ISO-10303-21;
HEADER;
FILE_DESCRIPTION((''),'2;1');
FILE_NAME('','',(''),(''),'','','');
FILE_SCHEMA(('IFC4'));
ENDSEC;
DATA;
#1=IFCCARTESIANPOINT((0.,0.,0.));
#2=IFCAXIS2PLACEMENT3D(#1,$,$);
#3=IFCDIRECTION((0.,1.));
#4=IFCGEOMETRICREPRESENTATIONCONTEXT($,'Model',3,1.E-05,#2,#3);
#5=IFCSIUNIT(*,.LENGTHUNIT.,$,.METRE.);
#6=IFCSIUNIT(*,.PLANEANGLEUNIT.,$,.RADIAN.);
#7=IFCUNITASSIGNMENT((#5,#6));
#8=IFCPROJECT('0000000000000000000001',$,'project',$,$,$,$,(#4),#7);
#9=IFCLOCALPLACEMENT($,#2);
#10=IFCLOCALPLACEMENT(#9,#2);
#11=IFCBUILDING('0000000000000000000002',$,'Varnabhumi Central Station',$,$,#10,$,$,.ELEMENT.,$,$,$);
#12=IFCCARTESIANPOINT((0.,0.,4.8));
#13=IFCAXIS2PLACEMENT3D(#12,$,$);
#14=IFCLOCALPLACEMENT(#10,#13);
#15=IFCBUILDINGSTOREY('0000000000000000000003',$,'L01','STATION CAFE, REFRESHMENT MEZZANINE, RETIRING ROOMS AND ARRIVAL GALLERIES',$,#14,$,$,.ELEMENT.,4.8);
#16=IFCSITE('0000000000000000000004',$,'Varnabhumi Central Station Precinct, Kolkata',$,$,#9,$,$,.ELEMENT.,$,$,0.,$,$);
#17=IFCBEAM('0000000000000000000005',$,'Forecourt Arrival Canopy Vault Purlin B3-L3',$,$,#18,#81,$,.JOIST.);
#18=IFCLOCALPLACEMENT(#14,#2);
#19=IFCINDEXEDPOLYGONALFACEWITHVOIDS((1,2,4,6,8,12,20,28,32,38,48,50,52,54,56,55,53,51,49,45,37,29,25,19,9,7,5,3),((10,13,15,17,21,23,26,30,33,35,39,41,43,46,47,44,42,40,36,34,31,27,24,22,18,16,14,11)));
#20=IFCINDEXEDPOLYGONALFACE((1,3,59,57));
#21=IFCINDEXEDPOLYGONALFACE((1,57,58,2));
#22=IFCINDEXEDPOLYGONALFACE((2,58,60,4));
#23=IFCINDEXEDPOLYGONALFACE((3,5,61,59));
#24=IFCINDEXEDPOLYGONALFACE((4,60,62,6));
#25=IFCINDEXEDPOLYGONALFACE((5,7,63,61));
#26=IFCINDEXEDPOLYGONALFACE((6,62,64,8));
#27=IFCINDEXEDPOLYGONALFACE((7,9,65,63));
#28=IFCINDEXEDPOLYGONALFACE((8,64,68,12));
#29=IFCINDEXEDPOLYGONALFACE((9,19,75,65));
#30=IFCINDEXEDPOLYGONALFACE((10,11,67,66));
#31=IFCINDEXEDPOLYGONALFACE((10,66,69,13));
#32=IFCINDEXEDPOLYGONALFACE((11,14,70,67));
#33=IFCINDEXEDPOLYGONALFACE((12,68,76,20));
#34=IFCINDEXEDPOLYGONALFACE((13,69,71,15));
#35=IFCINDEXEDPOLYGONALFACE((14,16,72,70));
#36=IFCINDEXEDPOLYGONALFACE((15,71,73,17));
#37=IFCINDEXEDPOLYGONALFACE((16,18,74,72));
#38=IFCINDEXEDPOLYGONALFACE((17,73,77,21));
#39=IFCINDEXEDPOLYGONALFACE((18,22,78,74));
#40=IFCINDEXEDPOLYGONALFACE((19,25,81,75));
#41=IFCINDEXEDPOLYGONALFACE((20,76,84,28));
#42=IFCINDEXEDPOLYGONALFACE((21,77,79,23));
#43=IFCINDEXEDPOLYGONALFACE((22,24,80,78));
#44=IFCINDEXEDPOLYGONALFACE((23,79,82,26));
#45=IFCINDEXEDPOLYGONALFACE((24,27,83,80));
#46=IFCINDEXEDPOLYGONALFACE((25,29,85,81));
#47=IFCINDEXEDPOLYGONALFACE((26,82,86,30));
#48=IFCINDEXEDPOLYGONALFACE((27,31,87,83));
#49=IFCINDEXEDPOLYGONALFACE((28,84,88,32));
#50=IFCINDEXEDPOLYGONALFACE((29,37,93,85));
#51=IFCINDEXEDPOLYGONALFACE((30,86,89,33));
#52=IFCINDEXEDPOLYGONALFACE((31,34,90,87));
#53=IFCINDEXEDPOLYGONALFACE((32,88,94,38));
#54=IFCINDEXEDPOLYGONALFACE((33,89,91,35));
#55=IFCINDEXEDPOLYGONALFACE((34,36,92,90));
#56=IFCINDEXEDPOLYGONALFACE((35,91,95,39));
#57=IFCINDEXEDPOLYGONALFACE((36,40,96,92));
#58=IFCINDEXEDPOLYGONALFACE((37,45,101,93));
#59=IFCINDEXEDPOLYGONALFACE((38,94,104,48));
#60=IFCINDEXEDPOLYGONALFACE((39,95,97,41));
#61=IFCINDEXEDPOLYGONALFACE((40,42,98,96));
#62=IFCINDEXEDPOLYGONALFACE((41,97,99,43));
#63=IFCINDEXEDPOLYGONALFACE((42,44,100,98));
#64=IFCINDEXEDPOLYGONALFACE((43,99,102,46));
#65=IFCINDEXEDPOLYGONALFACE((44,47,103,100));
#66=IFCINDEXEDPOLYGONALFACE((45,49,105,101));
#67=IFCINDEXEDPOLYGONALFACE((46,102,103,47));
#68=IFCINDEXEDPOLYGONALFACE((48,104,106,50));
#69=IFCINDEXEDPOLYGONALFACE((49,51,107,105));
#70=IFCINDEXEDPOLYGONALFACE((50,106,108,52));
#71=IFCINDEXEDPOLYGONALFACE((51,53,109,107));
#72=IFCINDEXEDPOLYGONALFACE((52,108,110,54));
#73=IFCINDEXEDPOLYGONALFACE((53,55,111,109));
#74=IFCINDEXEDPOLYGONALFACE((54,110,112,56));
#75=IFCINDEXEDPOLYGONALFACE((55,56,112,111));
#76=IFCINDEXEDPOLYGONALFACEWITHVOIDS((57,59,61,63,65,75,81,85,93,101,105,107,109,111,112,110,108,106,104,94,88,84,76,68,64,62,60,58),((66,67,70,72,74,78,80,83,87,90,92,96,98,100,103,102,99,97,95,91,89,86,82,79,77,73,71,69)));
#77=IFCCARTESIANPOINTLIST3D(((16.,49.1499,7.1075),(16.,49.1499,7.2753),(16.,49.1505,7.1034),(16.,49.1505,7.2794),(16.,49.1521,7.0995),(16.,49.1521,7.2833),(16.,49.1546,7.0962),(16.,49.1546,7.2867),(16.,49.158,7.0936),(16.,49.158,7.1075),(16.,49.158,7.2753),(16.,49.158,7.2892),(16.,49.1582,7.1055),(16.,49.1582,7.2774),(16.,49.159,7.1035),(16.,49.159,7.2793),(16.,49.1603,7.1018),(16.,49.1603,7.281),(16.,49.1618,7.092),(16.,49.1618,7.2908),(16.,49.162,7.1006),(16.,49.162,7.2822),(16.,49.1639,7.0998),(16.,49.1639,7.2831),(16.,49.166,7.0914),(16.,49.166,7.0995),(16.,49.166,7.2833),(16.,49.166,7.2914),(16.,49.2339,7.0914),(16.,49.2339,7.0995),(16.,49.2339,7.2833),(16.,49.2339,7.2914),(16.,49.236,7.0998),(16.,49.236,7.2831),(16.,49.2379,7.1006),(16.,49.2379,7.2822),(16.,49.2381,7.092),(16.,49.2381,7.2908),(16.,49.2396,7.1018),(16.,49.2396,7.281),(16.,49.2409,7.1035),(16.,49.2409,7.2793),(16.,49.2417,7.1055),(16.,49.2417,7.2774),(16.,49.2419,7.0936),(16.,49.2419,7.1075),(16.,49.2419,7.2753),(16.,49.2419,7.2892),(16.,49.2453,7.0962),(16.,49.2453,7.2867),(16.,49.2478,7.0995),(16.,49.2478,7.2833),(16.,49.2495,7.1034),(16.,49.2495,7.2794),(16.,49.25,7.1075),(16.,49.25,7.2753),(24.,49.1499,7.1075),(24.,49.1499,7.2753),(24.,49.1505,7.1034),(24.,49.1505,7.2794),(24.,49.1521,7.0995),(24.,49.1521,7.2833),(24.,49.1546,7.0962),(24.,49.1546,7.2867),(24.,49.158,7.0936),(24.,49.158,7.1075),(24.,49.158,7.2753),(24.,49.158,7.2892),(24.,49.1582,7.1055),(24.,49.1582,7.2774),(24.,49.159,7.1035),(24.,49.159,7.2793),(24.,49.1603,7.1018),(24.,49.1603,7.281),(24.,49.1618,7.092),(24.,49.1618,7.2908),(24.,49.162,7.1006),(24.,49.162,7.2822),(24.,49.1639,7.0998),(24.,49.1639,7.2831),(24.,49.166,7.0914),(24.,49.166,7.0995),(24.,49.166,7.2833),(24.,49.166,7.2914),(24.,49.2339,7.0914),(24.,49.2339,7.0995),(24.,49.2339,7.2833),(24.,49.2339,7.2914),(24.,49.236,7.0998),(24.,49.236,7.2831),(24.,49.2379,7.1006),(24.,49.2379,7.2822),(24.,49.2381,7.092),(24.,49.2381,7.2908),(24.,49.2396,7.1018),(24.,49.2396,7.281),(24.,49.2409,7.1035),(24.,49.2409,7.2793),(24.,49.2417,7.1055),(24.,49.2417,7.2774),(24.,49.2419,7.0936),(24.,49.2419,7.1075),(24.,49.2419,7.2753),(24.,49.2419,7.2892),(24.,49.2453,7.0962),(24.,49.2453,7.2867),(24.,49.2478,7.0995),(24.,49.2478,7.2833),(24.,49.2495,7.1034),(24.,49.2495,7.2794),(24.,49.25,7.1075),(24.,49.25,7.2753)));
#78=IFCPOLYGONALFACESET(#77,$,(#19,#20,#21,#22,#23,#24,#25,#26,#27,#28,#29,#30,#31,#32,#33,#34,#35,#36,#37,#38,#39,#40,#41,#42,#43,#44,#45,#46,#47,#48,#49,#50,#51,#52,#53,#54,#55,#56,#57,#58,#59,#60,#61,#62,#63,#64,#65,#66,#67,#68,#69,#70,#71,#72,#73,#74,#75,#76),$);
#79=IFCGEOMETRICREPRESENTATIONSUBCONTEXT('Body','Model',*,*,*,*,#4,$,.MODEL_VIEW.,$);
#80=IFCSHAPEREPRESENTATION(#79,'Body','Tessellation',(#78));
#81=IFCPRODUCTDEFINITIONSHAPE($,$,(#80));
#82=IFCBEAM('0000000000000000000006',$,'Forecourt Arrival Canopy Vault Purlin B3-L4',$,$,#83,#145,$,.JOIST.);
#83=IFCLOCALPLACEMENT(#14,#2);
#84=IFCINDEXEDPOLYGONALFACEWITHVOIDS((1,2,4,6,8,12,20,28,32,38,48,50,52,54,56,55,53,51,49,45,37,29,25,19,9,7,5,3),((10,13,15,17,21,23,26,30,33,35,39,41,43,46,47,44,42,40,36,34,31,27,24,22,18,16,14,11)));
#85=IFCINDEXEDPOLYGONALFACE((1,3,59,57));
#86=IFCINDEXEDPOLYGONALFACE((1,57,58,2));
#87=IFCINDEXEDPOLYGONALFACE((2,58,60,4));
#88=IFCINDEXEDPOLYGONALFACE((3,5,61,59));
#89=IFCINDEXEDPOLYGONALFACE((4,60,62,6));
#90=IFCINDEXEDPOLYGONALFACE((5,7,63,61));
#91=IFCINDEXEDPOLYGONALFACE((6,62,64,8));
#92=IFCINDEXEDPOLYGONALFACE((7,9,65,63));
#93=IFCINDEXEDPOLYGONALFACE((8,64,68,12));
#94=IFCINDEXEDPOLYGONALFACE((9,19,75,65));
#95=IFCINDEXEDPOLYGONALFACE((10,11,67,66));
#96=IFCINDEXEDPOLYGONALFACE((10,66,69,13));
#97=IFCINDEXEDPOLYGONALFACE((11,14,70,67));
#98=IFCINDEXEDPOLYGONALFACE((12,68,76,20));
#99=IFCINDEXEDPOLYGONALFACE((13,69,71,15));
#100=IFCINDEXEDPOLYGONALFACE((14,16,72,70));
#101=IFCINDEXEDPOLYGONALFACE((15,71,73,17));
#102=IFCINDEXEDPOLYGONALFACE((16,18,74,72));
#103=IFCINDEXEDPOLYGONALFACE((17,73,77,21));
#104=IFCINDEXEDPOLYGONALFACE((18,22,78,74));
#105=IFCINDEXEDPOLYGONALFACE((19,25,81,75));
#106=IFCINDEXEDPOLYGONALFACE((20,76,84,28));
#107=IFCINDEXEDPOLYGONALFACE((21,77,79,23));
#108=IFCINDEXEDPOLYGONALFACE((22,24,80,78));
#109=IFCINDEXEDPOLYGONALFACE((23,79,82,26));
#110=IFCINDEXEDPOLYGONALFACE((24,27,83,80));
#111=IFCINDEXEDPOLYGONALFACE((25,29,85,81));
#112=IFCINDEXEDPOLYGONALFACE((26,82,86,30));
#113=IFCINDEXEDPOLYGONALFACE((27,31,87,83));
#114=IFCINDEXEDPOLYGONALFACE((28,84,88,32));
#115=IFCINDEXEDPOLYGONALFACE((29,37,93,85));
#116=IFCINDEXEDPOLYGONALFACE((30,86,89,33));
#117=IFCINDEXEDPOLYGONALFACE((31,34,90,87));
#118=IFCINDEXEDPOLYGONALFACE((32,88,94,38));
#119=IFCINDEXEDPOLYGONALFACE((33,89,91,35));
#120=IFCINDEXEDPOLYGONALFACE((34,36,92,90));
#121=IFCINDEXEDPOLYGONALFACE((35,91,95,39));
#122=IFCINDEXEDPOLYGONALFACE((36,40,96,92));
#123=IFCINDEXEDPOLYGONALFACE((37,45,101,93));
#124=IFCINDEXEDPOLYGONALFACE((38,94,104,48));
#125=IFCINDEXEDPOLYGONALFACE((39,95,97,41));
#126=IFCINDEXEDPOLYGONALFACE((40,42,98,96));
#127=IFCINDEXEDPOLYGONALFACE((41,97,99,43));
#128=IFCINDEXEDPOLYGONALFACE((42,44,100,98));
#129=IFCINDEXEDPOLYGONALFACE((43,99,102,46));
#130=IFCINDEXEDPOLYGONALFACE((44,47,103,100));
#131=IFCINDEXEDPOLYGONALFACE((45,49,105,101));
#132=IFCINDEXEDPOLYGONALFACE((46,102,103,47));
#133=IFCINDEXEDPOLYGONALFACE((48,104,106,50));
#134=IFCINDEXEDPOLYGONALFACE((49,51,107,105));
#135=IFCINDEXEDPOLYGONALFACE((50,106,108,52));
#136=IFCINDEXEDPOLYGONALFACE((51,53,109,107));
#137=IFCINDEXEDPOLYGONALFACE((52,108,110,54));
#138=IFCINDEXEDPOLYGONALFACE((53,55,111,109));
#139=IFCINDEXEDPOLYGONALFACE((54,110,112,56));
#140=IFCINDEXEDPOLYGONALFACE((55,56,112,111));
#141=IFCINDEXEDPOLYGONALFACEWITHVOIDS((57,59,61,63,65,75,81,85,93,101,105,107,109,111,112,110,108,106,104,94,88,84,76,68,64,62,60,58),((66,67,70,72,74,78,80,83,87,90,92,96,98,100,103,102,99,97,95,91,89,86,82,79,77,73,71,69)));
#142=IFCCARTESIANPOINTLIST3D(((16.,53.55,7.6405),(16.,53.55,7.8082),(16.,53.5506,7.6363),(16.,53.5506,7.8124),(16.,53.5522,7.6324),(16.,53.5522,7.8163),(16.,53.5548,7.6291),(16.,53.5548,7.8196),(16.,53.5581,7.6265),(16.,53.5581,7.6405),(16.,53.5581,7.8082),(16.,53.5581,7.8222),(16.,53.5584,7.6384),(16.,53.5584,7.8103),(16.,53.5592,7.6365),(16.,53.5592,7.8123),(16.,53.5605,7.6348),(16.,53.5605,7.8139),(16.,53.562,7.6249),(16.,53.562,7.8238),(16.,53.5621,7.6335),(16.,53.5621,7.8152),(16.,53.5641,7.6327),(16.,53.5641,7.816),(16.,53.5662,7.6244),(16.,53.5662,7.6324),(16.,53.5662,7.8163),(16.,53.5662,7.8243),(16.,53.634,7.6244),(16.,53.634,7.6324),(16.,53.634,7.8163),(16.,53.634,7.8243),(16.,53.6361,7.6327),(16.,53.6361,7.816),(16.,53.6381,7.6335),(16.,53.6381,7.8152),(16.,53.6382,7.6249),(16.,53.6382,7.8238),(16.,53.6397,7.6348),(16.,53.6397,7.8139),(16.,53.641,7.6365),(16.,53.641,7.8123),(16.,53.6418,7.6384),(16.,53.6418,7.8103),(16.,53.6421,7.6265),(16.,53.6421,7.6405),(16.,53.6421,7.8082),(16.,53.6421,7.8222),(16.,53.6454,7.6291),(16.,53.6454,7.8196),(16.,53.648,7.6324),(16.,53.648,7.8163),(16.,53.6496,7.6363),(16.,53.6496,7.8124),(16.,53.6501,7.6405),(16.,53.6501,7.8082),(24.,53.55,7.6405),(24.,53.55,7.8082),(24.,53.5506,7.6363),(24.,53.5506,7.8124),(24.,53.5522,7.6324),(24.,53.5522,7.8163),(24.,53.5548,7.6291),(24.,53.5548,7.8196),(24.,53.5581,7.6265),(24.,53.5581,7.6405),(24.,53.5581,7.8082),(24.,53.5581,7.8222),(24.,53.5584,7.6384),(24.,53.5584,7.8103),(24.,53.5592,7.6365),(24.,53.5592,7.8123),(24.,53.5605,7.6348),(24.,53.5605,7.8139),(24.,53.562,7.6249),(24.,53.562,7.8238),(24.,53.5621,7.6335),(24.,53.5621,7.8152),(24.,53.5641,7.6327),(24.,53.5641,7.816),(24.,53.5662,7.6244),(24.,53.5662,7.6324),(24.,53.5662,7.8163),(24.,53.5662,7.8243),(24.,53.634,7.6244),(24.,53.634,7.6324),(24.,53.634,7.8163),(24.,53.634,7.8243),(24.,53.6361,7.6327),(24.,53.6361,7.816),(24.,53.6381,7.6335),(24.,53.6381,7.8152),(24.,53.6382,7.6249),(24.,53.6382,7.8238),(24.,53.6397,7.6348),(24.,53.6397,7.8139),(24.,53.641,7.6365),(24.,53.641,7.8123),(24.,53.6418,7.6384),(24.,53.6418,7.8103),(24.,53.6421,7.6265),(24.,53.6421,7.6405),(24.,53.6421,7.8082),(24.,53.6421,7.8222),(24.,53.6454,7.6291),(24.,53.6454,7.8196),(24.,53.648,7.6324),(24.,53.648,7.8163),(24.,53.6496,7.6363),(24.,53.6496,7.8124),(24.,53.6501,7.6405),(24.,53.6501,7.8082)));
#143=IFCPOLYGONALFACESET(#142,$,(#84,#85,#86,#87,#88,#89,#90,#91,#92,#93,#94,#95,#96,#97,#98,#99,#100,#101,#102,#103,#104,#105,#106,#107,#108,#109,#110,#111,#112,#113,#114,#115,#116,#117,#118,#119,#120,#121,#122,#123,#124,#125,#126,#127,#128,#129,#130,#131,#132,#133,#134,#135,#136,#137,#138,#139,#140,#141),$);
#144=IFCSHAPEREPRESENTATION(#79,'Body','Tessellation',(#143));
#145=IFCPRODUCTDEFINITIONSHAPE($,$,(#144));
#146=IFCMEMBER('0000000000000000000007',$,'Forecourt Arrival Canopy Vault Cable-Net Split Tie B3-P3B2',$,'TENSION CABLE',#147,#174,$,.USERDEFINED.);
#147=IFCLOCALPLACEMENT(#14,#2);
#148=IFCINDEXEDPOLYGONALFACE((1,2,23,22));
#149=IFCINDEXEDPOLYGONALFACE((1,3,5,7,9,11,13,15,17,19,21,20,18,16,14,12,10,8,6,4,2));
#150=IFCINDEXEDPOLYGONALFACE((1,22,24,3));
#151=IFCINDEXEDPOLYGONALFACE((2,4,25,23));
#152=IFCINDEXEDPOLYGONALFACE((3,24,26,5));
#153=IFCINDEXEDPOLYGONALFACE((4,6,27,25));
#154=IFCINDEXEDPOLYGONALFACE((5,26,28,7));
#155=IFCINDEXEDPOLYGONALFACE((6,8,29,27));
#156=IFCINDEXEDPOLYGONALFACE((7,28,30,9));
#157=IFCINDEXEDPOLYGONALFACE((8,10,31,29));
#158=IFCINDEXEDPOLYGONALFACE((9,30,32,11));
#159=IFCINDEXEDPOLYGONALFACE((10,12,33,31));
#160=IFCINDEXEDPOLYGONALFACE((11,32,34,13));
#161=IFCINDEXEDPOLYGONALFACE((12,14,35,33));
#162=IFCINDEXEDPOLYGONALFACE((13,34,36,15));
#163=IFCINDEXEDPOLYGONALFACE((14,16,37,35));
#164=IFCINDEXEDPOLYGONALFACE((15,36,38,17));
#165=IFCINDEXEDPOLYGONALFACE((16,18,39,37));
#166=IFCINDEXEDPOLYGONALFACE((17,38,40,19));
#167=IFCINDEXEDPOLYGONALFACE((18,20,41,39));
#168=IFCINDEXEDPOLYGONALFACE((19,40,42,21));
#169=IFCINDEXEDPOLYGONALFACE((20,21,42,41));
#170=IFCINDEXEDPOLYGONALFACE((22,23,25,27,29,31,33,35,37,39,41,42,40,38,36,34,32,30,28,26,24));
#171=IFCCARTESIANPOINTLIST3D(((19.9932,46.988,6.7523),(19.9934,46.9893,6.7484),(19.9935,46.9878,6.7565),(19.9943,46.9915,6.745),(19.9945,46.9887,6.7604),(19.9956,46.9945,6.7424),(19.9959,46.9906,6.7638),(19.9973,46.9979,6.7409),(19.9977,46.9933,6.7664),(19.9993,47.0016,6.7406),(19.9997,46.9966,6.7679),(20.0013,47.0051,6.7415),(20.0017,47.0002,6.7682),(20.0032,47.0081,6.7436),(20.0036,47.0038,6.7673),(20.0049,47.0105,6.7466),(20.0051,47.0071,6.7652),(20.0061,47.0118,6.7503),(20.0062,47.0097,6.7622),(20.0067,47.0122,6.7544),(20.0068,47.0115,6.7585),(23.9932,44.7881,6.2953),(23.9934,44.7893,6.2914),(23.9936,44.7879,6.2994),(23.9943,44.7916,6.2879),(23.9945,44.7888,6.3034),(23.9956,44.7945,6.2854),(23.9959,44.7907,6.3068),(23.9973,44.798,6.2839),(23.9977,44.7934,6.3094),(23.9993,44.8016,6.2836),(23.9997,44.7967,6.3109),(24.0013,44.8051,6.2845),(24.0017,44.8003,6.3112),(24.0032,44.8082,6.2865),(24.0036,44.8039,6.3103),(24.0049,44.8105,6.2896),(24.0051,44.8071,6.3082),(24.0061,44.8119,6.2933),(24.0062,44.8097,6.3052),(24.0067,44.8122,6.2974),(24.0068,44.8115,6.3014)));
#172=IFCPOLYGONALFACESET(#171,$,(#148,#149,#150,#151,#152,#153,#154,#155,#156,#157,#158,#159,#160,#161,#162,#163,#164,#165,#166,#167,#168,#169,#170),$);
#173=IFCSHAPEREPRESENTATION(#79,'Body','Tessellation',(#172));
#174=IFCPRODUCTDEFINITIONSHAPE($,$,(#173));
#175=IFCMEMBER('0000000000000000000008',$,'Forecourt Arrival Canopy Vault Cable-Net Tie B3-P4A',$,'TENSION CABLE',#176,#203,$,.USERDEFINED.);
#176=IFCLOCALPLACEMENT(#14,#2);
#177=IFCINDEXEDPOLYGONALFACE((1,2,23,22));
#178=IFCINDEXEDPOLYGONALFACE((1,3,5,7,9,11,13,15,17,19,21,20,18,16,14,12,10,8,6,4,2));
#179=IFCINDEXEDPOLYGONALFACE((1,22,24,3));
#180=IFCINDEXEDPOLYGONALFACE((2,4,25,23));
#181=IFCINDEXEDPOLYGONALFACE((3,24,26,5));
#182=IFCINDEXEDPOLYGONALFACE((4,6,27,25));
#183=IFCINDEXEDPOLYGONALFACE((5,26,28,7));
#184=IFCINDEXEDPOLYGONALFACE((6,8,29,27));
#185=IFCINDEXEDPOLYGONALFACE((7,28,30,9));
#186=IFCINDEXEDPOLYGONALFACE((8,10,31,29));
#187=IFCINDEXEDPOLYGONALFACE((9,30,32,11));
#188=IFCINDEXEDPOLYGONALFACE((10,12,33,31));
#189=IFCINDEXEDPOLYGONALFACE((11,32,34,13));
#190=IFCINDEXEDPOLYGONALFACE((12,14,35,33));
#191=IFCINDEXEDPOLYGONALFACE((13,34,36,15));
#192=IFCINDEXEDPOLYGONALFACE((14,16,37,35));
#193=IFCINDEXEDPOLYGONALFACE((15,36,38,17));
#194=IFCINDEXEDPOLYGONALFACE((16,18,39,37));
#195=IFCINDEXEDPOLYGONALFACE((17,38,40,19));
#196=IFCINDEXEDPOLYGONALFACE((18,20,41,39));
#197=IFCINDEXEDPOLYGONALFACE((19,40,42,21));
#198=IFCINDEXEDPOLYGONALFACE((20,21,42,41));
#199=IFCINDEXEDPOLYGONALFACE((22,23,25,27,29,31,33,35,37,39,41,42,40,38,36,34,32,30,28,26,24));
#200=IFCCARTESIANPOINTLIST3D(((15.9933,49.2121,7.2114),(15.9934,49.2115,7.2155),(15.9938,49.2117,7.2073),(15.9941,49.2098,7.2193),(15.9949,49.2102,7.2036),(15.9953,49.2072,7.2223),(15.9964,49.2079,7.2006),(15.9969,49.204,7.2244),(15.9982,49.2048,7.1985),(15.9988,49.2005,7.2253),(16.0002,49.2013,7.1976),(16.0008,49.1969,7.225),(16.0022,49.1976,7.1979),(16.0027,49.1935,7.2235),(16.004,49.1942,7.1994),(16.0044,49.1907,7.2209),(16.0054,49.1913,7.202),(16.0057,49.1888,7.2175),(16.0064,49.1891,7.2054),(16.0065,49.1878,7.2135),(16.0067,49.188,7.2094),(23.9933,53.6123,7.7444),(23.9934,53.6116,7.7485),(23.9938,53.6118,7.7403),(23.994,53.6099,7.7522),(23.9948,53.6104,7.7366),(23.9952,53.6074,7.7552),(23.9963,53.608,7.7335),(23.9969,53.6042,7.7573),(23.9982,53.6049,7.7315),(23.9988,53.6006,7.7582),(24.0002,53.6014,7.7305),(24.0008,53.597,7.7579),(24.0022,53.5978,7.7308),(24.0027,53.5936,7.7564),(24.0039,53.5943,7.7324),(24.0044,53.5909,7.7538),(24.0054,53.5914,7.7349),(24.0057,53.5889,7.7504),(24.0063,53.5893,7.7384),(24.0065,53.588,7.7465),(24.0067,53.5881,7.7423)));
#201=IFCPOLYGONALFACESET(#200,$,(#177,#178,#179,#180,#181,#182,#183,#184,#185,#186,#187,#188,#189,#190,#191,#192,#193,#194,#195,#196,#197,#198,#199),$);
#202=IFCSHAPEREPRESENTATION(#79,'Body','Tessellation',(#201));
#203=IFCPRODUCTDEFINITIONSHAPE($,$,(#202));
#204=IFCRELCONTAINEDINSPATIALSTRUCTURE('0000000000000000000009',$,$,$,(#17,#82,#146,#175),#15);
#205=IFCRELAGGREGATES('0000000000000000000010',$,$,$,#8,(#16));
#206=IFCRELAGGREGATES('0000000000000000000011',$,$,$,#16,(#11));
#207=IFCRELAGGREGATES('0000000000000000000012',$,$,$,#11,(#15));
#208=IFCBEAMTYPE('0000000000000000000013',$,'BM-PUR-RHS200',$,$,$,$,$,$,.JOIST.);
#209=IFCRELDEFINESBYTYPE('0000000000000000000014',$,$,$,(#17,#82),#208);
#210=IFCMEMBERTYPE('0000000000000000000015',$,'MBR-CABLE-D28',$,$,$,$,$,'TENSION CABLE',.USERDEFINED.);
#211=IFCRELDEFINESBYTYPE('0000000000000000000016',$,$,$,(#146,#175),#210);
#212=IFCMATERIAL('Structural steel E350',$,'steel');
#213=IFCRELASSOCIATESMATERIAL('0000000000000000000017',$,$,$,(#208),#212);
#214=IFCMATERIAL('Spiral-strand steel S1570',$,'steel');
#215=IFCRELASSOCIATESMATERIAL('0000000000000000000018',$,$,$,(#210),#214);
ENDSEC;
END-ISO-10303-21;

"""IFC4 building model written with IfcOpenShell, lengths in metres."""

from ifc_helpers import new_model, si_unit, direction, frame, origin, origin_2d, place, context, subcontext, project, spatial, hollow_rectangle, circle, extrude, material, material_profile, profile_set, type_object, element, save


model = new_model("IFC4")

# Units and contexts
model_context = context("Model", 3, precision=1e-05, world=origin(), true_north=direction((0.0, 1.0)))
body_context = subcontext(model_context, "Body", "Model", "MODEL_VIEW")
ifc_project = project(units=[si_unit("LENGTHUNIT", "METRE"), si_unit("PLANEANGLEUNIT", "RADIAN")], contexts=[model_context])

# Site, building, storey
site_placement = place(None, origin())
site = spatial("IfcSite", under=ifc_project, at=site_placement, Name="Varnabhumi Central Station Precinct, Kolkata", CompositionType="ELEMENT", RefElevation=0.0)
building_placement = place(site_placement, origin())
building = spatial("IfcBuilding", under=site, at=building_placement, Name="Varnabhumi Central Station", CompositionType="ELEMENT")
storey_placement = place(building_placement, frame((0.0, 0.0, 4.8)))
storey = spatial("IfcBuildingStorey", under=building, at=storey_placement, Name="L01", Description="STATION CAFE, REFRESHMENT MEZZANINE, RETIRING ROOMS AND ARRIVAL GALLERIES", CompositionType="ELEMENT", Elevation=4.8)

# Beams
ifc_material_1 = material(Name="Structural steel E350", Category="steel")
ifc_material_profile_1 = material_profile(ifc_material_1, hollow_rectangle(XDim=0.1001, YDim=0.2, WallThickness=0.0081, InnerFilletRadius=0.0081, OuterFilletRadius=0.0161, at=origin_2d()), Name="Structural steel E350", Category="steel")
ifc_profile_set_1 = profile_set([ifc_material_profile_1], Name="Structural steel E350")
beam_type_1 = type_object("IfcBeamType", Name="BM-PUR-RHS200", PredefinedType="JOIST", material=ifc_profile_set_1)
for number, where, z_axis, x_axis, name in (
    (1, (16.0, 49.2, 7.1914), (1.0, 0.0, 0.0), (0.0, 1.0, 0.0), "Forecourt Arrival Canopy Vault Purlin B3-L3"),
    (2, (16.0, 53.6001, 7.7244), (1.0, 0.0, 0.0), (0.0, 1.0, 0.0), "Forecourt Arrival Canopy Vault Purlin B3-L4"),
):
    element("IfcBeam", number, at=place(storey_placement, frame(where, z_axis=z_axis, x_axis=x_axis)), inside=storey, type_object=beam_type_1, Name=name, PredefinedType="JOIST", context=body_context, shape_type="SweptSolid", body=[
        extrude(hollow_rectangle(XDim=0.1001, YDim=0.2, WallThickness=0.0081, InnerFilletRadius=0.0081, OuterFilletRadius=0.0161, at=origin_2d()), origin(), (0.0, 0.0, 1.0), 8.0),
    ])

# Members
ifc_material_2 = material(Name="Spiral-strand steel S1570", Category="steel")
ifc_material_profile_2 = material_profile(ifc_material_2, circle(Radius=0.0139, at=origin_2d()), Name="Spiral-strand steel S1570", Category="steel")
ifc_profile_set_2 = profile_set([ifc_material_profile_2], Name="Spiral-strand steel S1570")
member_type = type_object("IfcMemberType", Name="MBR-CABLE-D28", ElementType="TENSION CABLE", PredefinedType="USERDEFINED", material=ifc_profile_set_2)
member_1_placement = place(storey_placement, frame((20.0, 47.0, 6.7544), z_axis=(0.871862, -0.479513, -0.099617), x_axis=(0.481911, 0.87622, 0.0)))
element("IfcMember", 3, at=member_1_placement, inside=storey, type_object=member_type, Name="Forecourt Arrival Canopy Vault Cable-Net Split Tie B3-P3B2", ObjectType="TENSION CABLE", PredefinedType="USERDEFINED", context=body_context, shape_type="SweptSolid", body=[
    extrude(circle(Radius=0.0139, at=origin_2d()), origin(), (0.0, 0.0, 1.0), 4.5879),
])
member_2_placement = place(storey_placement, frame((16.0, 49.2, 7.2114), z_axis=(0.87472, 0.481112, 0.058274), x_axis=(-0.481931, 0.876209, 0.0)))
element("IfcMember", 4, at=member_2_placement, inside=storey, type_object=member_type, Name="Forecourt Arrival Canopy Vault Cable-Net Tie B3-P4A", ObjectType="TENSION CABLE", PredefinedType="USERDEFINED", context=body_context, shape_type="SweptSolid", body=[
    extrude(circle(Radius=0.0139, at=origin_2d()), origin(), (0.0, 0.0, 1.0), 9.1458),
])

save(model, "model.ifc")
